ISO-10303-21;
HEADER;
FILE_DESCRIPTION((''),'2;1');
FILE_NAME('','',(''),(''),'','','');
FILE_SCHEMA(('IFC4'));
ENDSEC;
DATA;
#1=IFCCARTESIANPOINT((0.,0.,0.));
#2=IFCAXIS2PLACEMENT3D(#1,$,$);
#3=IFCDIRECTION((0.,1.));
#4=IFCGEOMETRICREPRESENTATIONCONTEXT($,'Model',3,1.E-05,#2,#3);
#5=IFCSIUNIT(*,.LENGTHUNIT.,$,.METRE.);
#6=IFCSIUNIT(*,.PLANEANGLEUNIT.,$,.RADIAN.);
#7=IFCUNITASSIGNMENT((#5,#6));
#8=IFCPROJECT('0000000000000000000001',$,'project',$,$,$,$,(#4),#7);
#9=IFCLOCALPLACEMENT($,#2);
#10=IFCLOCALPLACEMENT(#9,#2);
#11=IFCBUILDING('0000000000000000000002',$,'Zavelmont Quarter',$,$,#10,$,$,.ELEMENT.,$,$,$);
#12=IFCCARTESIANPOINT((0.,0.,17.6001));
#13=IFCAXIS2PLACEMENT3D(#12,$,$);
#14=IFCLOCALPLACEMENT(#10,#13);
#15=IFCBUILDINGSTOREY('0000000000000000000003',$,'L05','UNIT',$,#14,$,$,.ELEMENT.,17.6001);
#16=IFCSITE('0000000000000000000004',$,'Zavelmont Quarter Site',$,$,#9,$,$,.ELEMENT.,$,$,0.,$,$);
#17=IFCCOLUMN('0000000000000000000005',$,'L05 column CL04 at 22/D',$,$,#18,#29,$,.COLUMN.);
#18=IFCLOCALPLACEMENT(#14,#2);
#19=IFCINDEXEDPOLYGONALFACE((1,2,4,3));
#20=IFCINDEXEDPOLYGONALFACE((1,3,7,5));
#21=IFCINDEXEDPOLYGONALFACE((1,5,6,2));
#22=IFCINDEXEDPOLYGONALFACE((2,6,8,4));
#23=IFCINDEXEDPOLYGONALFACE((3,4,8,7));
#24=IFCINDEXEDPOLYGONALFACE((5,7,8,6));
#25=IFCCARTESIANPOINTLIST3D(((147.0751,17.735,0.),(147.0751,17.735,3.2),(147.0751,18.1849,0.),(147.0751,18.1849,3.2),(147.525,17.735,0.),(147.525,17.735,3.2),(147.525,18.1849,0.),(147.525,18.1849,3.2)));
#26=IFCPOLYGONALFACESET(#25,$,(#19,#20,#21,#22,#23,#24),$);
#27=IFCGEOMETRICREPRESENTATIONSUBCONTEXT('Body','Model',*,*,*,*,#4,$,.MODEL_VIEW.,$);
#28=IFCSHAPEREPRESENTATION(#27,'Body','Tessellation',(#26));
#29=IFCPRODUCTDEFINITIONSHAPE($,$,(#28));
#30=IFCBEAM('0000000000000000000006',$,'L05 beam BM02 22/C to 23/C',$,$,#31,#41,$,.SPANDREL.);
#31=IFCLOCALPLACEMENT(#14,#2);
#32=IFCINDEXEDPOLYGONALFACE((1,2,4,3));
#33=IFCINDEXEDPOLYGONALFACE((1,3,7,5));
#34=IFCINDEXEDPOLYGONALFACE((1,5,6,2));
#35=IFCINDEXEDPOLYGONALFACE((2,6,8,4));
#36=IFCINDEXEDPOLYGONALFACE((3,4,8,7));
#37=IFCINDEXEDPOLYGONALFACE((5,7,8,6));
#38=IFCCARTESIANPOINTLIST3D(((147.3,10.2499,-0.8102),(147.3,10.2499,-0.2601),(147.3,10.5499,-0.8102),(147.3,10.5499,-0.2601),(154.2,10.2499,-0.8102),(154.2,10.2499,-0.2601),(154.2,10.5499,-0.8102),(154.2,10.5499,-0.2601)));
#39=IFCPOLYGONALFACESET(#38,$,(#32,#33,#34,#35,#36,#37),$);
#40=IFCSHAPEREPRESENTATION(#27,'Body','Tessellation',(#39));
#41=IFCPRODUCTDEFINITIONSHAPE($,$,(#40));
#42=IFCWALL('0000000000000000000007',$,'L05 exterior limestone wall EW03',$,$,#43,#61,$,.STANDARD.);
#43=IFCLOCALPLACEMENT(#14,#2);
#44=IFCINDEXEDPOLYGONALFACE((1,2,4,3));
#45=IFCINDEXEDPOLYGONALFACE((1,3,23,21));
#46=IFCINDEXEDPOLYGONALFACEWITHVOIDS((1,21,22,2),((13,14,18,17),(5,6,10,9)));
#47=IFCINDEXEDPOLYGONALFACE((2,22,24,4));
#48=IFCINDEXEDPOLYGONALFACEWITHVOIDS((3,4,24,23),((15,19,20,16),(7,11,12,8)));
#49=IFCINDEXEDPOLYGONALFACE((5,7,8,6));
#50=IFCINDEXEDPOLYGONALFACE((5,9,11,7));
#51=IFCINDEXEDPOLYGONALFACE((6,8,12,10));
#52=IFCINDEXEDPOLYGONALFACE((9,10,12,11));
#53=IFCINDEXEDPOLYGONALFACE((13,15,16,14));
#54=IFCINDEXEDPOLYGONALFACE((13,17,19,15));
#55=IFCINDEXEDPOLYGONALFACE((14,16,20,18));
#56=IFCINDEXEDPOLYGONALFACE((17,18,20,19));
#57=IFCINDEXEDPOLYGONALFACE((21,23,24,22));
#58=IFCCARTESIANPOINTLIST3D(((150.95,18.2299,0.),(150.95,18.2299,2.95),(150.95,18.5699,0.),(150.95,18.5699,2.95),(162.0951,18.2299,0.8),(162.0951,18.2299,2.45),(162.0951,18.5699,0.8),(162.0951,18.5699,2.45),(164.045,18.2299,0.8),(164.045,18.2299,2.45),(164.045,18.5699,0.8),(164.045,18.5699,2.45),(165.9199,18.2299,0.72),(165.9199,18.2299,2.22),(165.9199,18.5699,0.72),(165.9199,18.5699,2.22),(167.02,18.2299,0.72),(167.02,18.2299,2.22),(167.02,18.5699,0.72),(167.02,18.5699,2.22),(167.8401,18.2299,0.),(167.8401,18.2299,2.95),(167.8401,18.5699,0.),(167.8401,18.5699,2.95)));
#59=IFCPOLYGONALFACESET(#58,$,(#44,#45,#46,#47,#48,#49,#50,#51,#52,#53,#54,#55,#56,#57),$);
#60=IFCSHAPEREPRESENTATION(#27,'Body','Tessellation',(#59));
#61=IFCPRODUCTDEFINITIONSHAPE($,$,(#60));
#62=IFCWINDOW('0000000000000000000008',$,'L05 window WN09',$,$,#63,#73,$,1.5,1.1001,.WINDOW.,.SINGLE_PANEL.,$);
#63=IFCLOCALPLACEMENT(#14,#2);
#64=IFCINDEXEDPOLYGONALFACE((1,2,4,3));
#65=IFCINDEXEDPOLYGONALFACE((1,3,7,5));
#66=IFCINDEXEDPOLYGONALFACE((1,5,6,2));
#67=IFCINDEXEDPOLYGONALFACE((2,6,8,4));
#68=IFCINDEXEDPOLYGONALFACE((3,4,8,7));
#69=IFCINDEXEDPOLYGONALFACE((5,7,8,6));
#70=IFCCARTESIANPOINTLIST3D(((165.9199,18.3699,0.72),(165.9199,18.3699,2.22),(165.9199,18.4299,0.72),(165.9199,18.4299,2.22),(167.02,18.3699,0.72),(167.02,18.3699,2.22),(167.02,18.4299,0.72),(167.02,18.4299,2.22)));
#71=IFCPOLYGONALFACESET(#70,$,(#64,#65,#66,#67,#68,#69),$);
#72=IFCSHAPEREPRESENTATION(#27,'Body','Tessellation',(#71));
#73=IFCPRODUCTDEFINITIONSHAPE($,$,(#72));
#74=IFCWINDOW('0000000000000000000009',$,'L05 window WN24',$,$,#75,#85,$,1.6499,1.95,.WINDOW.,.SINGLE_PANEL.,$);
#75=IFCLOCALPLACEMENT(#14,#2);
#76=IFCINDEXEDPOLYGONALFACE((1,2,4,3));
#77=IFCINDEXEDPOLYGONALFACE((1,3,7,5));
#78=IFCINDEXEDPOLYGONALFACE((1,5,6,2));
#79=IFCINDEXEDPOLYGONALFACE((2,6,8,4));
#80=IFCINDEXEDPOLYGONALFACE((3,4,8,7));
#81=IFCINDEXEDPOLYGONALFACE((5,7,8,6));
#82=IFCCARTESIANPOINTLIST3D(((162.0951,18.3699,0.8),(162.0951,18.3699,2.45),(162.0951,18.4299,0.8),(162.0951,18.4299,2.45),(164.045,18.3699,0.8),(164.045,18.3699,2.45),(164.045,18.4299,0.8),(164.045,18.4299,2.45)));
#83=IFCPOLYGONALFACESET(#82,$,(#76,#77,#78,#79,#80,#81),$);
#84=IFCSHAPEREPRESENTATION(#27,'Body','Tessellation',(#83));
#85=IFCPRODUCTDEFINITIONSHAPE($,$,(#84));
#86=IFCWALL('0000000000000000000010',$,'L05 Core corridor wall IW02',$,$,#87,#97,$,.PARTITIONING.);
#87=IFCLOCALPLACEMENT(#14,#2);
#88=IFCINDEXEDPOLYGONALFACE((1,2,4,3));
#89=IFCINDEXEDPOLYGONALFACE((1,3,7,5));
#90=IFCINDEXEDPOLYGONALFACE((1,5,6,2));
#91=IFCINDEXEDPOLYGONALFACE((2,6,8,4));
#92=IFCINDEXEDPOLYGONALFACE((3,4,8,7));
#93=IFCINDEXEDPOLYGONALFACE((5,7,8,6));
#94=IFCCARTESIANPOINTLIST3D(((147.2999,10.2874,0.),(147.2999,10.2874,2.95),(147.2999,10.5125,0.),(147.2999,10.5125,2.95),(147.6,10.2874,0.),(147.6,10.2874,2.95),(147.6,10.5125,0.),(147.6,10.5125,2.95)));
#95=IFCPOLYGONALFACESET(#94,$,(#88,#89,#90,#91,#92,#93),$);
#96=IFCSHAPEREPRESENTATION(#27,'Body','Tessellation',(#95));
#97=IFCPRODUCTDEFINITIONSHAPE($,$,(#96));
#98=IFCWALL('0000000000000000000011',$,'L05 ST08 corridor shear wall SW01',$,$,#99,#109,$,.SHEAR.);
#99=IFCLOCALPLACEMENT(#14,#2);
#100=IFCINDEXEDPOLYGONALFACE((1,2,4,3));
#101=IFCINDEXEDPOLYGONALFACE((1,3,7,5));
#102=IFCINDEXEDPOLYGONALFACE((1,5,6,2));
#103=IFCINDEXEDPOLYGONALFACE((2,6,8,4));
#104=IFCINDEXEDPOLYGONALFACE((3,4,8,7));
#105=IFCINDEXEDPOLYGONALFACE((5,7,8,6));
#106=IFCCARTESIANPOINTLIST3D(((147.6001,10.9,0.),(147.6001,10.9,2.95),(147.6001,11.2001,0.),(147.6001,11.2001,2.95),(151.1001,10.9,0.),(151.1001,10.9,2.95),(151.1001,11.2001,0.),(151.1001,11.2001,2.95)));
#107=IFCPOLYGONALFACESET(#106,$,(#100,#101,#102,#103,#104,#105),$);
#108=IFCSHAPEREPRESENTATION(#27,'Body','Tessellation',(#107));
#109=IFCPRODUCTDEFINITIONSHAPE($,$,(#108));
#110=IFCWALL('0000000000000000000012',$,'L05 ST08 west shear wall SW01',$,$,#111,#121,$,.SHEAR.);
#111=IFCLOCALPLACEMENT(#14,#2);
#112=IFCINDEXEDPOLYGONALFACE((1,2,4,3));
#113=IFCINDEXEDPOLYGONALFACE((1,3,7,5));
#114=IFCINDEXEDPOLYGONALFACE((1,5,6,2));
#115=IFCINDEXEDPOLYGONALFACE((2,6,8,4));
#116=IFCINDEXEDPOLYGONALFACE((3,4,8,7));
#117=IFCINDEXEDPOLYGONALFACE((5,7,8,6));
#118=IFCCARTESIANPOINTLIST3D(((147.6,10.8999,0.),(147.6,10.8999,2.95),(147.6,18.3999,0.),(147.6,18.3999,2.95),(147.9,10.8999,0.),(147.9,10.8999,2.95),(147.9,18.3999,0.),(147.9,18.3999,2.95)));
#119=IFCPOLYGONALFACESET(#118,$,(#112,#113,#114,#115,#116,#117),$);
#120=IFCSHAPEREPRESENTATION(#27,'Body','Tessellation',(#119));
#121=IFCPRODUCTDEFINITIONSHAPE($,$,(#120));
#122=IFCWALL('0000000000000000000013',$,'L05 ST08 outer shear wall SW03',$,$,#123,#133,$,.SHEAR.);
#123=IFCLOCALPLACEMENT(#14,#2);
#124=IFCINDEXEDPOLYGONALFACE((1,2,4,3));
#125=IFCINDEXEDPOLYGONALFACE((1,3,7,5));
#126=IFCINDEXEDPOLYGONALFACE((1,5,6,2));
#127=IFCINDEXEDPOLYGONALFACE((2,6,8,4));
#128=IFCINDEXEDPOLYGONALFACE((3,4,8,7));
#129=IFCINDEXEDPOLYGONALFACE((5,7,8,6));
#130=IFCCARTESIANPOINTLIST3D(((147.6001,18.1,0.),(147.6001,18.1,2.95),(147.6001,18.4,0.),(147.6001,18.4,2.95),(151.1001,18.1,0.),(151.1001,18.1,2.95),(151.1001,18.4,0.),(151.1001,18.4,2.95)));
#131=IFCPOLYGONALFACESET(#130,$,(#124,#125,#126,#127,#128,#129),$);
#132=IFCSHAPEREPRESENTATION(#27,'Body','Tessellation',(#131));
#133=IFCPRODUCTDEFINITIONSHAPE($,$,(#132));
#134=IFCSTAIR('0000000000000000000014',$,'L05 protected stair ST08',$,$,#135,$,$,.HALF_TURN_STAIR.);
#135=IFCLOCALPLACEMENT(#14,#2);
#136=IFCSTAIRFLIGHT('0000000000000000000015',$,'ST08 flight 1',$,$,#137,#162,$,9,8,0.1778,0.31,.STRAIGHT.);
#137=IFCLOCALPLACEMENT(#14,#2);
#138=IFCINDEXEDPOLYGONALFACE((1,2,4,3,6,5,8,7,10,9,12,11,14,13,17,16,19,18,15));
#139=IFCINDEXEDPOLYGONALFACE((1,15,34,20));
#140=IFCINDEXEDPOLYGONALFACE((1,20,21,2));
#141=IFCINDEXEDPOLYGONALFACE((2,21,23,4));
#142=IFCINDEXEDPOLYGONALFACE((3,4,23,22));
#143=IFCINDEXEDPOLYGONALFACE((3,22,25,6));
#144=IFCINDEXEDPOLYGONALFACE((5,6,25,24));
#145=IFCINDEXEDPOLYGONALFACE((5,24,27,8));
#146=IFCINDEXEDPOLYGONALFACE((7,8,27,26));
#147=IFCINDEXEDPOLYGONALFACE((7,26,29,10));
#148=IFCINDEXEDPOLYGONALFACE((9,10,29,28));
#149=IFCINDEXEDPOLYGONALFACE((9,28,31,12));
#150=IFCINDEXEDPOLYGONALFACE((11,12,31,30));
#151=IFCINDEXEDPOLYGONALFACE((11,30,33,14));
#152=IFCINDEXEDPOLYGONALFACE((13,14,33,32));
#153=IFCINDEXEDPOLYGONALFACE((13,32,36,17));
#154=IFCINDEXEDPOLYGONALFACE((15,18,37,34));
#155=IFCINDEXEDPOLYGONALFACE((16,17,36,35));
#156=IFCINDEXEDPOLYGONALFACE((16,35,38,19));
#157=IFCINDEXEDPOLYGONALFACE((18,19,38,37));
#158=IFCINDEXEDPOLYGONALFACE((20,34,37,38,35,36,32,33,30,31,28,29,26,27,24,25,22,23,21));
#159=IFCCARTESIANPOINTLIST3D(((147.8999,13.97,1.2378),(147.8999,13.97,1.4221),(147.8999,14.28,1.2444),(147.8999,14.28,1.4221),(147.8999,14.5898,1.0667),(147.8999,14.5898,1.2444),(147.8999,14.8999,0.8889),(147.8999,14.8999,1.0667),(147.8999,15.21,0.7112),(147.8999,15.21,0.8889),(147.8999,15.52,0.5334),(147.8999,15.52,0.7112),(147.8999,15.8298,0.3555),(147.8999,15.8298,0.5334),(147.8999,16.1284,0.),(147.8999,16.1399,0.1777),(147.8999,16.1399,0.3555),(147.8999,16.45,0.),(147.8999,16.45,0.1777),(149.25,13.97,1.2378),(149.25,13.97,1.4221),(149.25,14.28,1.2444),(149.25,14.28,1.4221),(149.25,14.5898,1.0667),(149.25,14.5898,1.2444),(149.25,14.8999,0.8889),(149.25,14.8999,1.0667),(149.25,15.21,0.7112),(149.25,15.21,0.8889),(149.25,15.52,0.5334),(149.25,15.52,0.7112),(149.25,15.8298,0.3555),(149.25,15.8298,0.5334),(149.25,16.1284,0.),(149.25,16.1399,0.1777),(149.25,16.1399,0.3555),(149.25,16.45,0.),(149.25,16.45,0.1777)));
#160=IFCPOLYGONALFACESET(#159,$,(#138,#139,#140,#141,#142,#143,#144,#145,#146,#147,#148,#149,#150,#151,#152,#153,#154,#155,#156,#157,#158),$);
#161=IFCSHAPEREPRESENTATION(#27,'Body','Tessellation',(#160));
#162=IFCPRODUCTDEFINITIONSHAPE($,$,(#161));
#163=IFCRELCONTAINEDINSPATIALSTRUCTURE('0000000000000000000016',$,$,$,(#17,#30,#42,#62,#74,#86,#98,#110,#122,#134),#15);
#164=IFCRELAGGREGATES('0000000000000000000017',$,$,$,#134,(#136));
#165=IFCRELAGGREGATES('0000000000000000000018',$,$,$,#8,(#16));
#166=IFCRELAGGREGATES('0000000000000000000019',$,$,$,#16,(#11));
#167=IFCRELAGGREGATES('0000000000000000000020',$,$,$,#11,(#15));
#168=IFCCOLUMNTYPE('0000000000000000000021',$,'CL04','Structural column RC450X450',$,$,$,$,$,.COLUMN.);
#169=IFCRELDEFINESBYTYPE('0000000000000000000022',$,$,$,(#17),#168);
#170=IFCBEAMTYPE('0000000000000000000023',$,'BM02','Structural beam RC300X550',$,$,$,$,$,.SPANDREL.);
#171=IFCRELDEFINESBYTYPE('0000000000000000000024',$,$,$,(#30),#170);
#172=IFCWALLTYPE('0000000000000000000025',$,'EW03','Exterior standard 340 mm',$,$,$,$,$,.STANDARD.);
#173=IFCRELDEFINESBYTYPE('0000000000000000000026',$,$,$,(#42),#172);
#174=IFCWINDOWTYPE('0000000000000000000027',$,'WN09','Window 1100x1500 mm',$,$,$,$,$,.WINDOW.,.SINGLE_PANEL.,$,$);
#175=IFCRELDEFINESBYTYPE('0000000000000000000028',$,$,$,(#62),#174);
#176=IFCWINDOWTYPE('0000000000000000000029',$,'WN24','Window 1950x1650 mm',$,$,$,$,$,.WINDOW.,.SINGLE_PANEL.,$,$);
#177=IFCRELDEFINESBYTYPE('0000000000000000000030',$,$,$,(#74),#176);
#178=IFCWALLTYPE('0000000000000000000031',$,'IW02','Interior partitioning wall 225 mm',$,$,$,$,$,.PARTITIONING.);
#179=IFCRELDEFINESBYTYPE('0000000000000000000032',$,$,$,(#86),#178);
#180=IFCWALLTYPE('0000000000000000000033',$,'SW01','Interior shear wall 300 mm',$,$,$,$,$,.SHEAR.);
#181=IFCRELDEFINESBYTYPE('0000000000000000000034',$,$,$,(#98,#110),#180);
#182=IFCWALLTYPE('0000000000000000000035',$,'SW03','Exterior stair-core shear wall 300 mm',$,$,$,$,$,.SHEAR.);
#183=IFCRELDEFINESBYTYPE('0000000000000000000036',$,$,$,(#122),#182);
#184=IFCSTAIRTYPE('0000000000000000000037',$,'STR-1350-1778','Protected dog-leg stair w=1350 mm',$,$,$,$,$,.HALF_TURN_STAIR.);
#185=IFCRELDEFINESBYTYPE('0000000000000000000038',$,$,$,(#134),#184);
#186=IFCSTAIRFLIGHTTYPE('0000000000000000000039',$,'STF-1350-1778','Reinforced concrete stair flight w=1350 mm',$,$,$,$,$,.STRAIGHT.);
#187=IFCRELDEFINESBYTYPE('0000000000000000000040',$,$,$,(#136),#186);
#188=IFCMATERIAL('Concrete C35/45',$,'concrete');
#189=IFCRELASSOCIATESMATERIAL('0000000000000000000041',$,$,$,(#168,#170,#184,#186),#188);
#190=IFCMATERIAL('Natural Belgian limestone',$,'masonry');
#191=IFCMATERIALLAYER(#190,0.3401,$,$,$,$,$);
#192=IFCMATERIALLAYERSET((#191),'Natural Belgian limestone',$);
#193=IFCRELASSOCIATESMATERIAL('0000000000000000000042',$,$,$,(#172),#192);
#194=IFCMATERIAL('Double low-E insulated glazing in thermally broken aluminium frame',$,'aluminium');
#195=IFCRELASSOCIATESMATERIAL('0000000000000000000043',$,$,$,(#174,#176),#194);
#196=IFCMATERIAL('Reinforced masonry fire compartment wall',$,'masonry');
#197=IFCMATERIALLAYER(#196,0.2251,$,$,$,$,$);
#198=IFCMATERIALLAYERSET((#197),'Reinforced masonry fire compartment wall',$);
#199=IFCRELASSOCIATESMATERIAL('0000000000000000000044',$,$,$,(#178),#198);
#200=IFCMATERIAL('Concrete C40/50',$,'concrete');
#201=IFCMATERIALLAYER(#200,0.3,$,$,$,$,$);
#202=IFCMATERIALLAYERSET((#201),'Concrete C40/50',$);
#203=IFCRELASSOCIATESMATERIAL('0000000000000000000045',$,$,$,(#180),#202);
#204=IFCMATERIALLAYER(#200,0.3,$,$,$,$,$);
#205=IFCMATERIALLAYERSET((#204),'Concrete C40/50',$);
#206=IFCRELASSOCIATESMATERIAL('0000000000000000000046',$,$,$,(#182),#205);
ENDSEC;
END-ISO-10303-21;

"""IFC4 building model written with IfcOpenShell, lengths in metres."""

from ifc_helpers import new_model, si_unit, direction, frame, frame_2d, origin, origin_with_axes, origin_2d, place, context, subcontext, project, spatial, polyline, rectangle, outline, extrude, material, layer, layer_set, material_profile, profile_set, type_object, element, fill, aggregate, save


model = new_model("IFC4")

# Units and contexts
model_context = context("Model", 3, precision=1e-05, world=origin(), true_north=direction((0.0, 1.0)))
body_context = subcontext(model_context, "Body", "Model", "MODEL_VIEW")
ifc_project = project(units=[si_unit("LENGTHUNIT", "METRE"), si_unit("PLANEANGLEUNIT", "RADIAN")], contexts=[model_context])

# Site, building, storey
site_placement = place(None, origin())
site = spatial("IfcSite", under=ifc_project, at=site_placement, Name="Zavelmont Quarter Site", CompositionType="ELEMENT", RefElevation=0.0)
building_placement = place(site_placement, origin())
building = spatial("IfcBuilding", under=site, at=building_placement, Name="Zavelmont Quarter", CompositionType="ELEMENT")
storey_placement = place(building_placement, frame((0.0, 0.0, 17.6001)))
storey = spatial("IfcBuildingStorey", under=building, at=storey_placement, Name="L05", Description="UNIT", CompositionType="ELEMENT", Elevation=17.6001)

# Column
ifc_material_1 = material(Name="Concrete C35/45", Category="concrete")
ifc_material_profile_1 = material_profile(ifc_material_1, rectangle(XDim=0.45, YDim=0.45, at=origin_2d()), Name="RC450X450")
ifc_profile_set_1 = profile_set([ifc_material_profile_1], Name="Concrete C35/45")
column_type = type_object("IfcColumnType", Name="CL04", Description="Structural column RC450X450", PredefinedType="COLUMN", material=ifc_profile_set_1)
column_placement = place(storey_placement, frame((147.3, 17.96, 0.0), z_axis=(0.0, 0.0, 1.0), x_axis=(1.0, 0.0, 0.0)))
element("IfcColumn", 1, at=column_placement, inside=storey, type_object=column_type, Name="L05 column CL04 at 22/D", PredefinedType="COLUMN", context=body_context, shape_type="SweptSolid", body=[
    extrude(rectangle(XDim=0.45, YDim=0.45, at=origin_2d()), origin(), (0.0, 0.0, 1.0), 3.2),
])

# Beam
ifc_material_profile_2 = material_profile(ifc_material_1, rectangle(XDim=0.3, YDim=0.55, at=origin_2d()), Name="RC300X550")
ifc_profile_set_2 = profile_set([ifc_material_profile_2], Name="Concrete C35/45")
beam_type = type_object("IfcBeamType", Name="BM02", Description="Structural beam RC300X550", PredefinedType="SPANDREL", material=ifc_profile_set_2)
beam_placement = place(storey_placement, frame((147.3, 10.3999, -0.5352), z_axis=(1.0, 0.0, 0.0), x_axis=(0.0, 1.0, 0.0)))
element("IfcBeam", 2, at=beam_placement, inside=storey, type_object=beam_type, Name="L05 beam BM02 22/C to 23/C", PredefinedType="SPANDREL", context=body_context, shape_type="SweptSolid", body=[
    extrude(rectangle(XDim=0.3, YDim=0.55, at=origin_2d()), origin(), (0.0, 0.0, 1.0), 6.8999),
])

# Wall, openings, windows
ifc_material_2 = material(Name="Natural Belgian limestone", Category="masonry")
ifc_layer_1 = layer(ifc_material_2, 0.3401)
ifc_layer_set_1 = layer_set([ifc_layer_1], Name="Natural Belgian limestone")
wall_type_1 = type_object("IfcWallType", Name="EW03", Description="Exterior standard 340 mm", PredefinedType="STANDARD", material=ifc_layer_set_1)
wall_1_placement = place(storey_placement, frame((150.95, 18.3999, 0.0), z_axis=(0.0, 0.0, 1.0), x_axis=(1.0, 0.0, 0.0)))
wall_1 = element("IfcWall", 3, at=wall_1_placement, inside=storey, type_object=wall_type_1, Name="L05 exterior limestone wall EW03", PredefinedType="STANDARD", context=body_context, shape_type="SweptSolid", body=[
    extrude(rectangle(XDim=16.8901, YDim=0.3401, at=frame_2d((8.4451, 0.0))), origin(), (0.0, 0.0, 1.0), 2.95),
])
opening_1_placement = place(wall_1_placement, frame((11.145, 0.0, 0.8)))
opening_1 = element("IfcOpeningElement", 4, at=opening_1_placement, cuts=wall_1, PredefinedType="OPENING", context=body_context, shape_type="SweptSolid", body=[
    extrude(rectangle(XDim=1.95, YDim=1.6499, at=frame_2d((0.9751, 0.825))), frame((0.0, 0.1821, 0.0), z_axis=(0.0, -1.0, 0.0), x_axis=(1.0, 0.0, 0.0)), (0.0, 0.0, 1.0), 0.364),
])
opening_2_placement = place(wall_1_placement, frame((14.97, 0.0, 0.72)))
opening_2 = element("IfcOpeningElement", 5, at=opening_2_placement, cuts=wall_1, PredefinedType="OPENING", context=body_context, shape_type="SweptSolid", body=[
    extrude(rectangle(XDim=1.1001, YDim=1.5, at=frame_2d((0.55, 0.75))), frame((0.0, 0.1821, 0.0), z_axis=(0.0, -1.0, 0.0), x_axis=(1.0, 0.0, 0.0)), (0.0, 0.0, 1.0), 0.364),
])
ifc_material_3 = material(Name="Double low-E insulated glazing in thermally broken aluminium frame", Category="aluminium")
window_type_1 = type_object("IfcWindowType", Name="WN09", Description="Window 1100x1500 mm", PartitioningType="SINGLE_PANEL", PredefinedType="WINDOW", material=ifc_material_3)
window_1_placement = place(opening_2_placement, origin_with_axes())
window_1 = element("IfcWindow", 6, at=window_1_placement, inside=storey, type_object=window_type_1, Name="L05 window WN09", OverallHeight=1.5, OverallWidth=1.1001, PartitioningType="SINGLE_PANEL", PredefinedType="WINDOW", context=body_context, shape_type="SweptSolid", body=[
    extrude(rectangle(XDim=1.1001, YDim=1.5, at=frame_2d((0.55, 0.75))), frame((0.0, 0.03, 0.0), z_axis=(0.0, -1.0, 0.0), x_axis=(1.0, 0.0, 0.0)), (0.0, 0.0, 1.0), 0.0601),
])
fill(opening_2, window_1)
window_type_2 = type_object("IfcWindowType", Name="WN24", Description="Window 1950x1650 mm", PartitioningType="SINGLE_PANEL", PredefinedType="WINDOW", material=ifc_material_3)
window_2_placement = place(opening_1_placement, origin_with_axes())
window_2 = element("IfcWindow", 7, at=window_2_placement, inside=storey, type_object=window_type_2, Name="L05 window WN24", OverallHeight=1.6499, OverallWidth=1.95, PartitioningType="SINGLE_PANEL", PredefinedType="WINDOW", context=body_context, shape_type="SweptSolid", body=[
    extrude(rectangle(XDim=1.95, YDim=1.6499, at=frame_2d((0.9751, 0.825))), frame((0.0, 0.03, 0.0), z_axis=(0.0, -1.0, 0.0), x_axis=(1.0, 0.0, 0.0)), (0.0, 0.0, 1.0), 0.0601),
])
fill(opening_1, window_2)

# Shared definitions
ifc_material_4 = material(Name="Reinforced masonry fire compartment wall", Category="masonry")
ifc_layer_2 = layer(ifc_material_4, 0.2251)
ifc_layer_set_2 = layer_set([ifc_layer_2], Name="Reinforced masonry fire compartment wall")
wall_type_2 = type_object("IfcWallType", Name="IW02", Description="Interior partitioning wall 225 mm", PredefinedType="PARTITIONING", material=ifc_layer_set_2)

# Wall
wall_2_placement = place(storey_placement, frame((147.3, 10.3999, 0.0), z_axis=(0.0, 0.0, 1.0), x_axis=(1.0, 0.0, 0.0)))
element("IfcWall", 8, at=wall_2_placement, inside=storey, type_object=wall_type_2, Name="L05 Core corridor wall IW02", PredefinedType="PARTITIONING", context=body_context, shape_type="SweptSolid", body=[
    extrude(rectangle(XDim=0.3, YDim=0.2251, at=frame_2d((0.1499, 0.0))), origin(), (0.0, 0.0, 1.0), 2.95),
])

# Walls
ifc_material_5 = material(Name="Concrete C40/50", Category="concrete")
ifc_layer_3 = layer(ifc_material_5, 0.3)
ifc_layer_set_3 = layer_set([ifc_layer_3], Name="Concrete C40/50")
wall_type_3 = type_object("IfcWallType", Name="SW01", Description="Interior shear wall 300 mm", PredefinedType="SHEAR", material=ifc_layer_set_3)
wall_3_placement = place(storey_placement, frame((147.6001, 11.05, 0.0), z_axis=(0.0, 0.0, 1.0), x_axis=(1.0, 0.0, 0.0)))
element("IfcWall", 9, at=wall_3_placement, inside=storey, type_object=wall_type_3, Name="L05 ST08 corridor shear wall SW01", PredefinedType="SHEAR", context=body_context, shape_type="SweptSolid", body=[
    extrude(rectangle(XDim=3.5, YDim=0.3, at=frame_2d((1.75, 0.0))), origin(), (0.0, 0.0, 1.0), 2.95),
])
wall_4_placement = place(storey_placement, frame((147.75, 10.8999, 0.0), z_axis=(0.0, 0.0, 1.0), x_axis=(0.0, 1.0, 0.0)))
element("IfcWall", 10, at=wall_4_placement, inside=storey, type_object=wall_type_3, Name="L05 ST08 west shear wall SW01", PredefinedType="SHEAR", context=body_context, shape_type="SweptSolid", body=[
    extrude(rectangle(XDim=7.5, YDim=0.3, at=frame_2d((3.75, 0.0))), origin(), (0.0, 0.0, 1.0), 2.95),
])

# Wall
ifc_layer_4 = layer(ifc_material_5, 0.3)
ifc_layer_set_4 = layer_set([ifc_layer_4], Name="Concrete C40/50")
wall_type_4 = type_object("IfcWallType", Name="SW03", Description="Exterior stair-core shear wall 300 mm", PredefinedType="SHEAR", material=ifc_layer_set_4)
wall_5_placement = place(storey_placement, frame((147.6001, 18.25, 0.0), z_axis=(0.0, 0.0, 1.0), x_axis=(1.0, 0.0, 0.0)))
element("IfcWall", 11, at=wall_5_placement, inside=storey, type_object=wall_type_4, Name="L05 ST08 outer shear wall SW03", PredefinedType="SHEAR", context=body_context, shape_type="SweptSolid", body=[
    extrude(rectangle(XDim=3.5, YDim=0.3, at=frame_2d((1.75, 0.0))), origin(), (0.0, 0.0, 1.0), 2.95),
])

# Stair, stair flight
stair_type = type_object("IfcStairType", Name="STR-1350-1778", Description="Protected dog-leg stair w=1350 mm", PredefinedType="HALF_TURN_STAIR", material=ifc_material_1)
stair_placement = place(storey_placement, origin())
stair = element("IfcStair", 12, at=stair_placement, inside=storey, type_object=stair_type, Name="L05 protected stair ST08", PredefinedType="HALF_TURN_STAIR")
stair_flight_type = type_object("IfcStairFlightType", Name="STF-1350-1778", Description="Reinforced concrete stair flight w=1350 mm", PredefinedType="STRAIGHT", material=ifc_material_1)
stair_flight_1_placement = place(storey_placement, frame((148.575, 16.45, 0.0), z_axis=(0.0, 0.0, 1.0), x_axis=(0.0, -1.0, 0.0)))
stair_flight_1 = element("IfcStairFlight", 13, at=stair_flight_1_placement, type_object=stair_flight_type, Name="ST08 flight 1", NumberOfRisers=9, NumberOfTreads=8, PredefinedType="STRAIGHT", RiserHeight=0.1778, TreadLength=0.31, context=body_context, shape_type="SweptSolid", body=[
    extrude(outline(polyline([(0.0, 0.0), (0.0, 0.1777), (0.3101, 0.1777), (0.3101, 0.3555), (0.6201, 0.3555), (0.6201, 0.5334), (0.9299, 0.5334), (0.9299, 0.7112), (1.24, 0.7112), (1.24, 0.8889), (1.55, 0.8889), (1.55, 1.0667), (1.8601, 1.0667), (1.8601, 1.2444), (2.1699, 1.2444), (2.1699, 1.4221), (2.48, 1.4221), (2.48, 1.6001), (2.48, 1.2378), (0.3215, 0.0), (0.0, 0.0)])), frame((0.0, 0.675, 0.0), z_axis=(0.0, -1.0, 0.0), x_axis=(1.0, 0.0, 0.0)), (0.0, 0.0, 1.0), 1.3501),
])
aggregate(stair, [stair_flight_1])

save(model, "model.ifc")
